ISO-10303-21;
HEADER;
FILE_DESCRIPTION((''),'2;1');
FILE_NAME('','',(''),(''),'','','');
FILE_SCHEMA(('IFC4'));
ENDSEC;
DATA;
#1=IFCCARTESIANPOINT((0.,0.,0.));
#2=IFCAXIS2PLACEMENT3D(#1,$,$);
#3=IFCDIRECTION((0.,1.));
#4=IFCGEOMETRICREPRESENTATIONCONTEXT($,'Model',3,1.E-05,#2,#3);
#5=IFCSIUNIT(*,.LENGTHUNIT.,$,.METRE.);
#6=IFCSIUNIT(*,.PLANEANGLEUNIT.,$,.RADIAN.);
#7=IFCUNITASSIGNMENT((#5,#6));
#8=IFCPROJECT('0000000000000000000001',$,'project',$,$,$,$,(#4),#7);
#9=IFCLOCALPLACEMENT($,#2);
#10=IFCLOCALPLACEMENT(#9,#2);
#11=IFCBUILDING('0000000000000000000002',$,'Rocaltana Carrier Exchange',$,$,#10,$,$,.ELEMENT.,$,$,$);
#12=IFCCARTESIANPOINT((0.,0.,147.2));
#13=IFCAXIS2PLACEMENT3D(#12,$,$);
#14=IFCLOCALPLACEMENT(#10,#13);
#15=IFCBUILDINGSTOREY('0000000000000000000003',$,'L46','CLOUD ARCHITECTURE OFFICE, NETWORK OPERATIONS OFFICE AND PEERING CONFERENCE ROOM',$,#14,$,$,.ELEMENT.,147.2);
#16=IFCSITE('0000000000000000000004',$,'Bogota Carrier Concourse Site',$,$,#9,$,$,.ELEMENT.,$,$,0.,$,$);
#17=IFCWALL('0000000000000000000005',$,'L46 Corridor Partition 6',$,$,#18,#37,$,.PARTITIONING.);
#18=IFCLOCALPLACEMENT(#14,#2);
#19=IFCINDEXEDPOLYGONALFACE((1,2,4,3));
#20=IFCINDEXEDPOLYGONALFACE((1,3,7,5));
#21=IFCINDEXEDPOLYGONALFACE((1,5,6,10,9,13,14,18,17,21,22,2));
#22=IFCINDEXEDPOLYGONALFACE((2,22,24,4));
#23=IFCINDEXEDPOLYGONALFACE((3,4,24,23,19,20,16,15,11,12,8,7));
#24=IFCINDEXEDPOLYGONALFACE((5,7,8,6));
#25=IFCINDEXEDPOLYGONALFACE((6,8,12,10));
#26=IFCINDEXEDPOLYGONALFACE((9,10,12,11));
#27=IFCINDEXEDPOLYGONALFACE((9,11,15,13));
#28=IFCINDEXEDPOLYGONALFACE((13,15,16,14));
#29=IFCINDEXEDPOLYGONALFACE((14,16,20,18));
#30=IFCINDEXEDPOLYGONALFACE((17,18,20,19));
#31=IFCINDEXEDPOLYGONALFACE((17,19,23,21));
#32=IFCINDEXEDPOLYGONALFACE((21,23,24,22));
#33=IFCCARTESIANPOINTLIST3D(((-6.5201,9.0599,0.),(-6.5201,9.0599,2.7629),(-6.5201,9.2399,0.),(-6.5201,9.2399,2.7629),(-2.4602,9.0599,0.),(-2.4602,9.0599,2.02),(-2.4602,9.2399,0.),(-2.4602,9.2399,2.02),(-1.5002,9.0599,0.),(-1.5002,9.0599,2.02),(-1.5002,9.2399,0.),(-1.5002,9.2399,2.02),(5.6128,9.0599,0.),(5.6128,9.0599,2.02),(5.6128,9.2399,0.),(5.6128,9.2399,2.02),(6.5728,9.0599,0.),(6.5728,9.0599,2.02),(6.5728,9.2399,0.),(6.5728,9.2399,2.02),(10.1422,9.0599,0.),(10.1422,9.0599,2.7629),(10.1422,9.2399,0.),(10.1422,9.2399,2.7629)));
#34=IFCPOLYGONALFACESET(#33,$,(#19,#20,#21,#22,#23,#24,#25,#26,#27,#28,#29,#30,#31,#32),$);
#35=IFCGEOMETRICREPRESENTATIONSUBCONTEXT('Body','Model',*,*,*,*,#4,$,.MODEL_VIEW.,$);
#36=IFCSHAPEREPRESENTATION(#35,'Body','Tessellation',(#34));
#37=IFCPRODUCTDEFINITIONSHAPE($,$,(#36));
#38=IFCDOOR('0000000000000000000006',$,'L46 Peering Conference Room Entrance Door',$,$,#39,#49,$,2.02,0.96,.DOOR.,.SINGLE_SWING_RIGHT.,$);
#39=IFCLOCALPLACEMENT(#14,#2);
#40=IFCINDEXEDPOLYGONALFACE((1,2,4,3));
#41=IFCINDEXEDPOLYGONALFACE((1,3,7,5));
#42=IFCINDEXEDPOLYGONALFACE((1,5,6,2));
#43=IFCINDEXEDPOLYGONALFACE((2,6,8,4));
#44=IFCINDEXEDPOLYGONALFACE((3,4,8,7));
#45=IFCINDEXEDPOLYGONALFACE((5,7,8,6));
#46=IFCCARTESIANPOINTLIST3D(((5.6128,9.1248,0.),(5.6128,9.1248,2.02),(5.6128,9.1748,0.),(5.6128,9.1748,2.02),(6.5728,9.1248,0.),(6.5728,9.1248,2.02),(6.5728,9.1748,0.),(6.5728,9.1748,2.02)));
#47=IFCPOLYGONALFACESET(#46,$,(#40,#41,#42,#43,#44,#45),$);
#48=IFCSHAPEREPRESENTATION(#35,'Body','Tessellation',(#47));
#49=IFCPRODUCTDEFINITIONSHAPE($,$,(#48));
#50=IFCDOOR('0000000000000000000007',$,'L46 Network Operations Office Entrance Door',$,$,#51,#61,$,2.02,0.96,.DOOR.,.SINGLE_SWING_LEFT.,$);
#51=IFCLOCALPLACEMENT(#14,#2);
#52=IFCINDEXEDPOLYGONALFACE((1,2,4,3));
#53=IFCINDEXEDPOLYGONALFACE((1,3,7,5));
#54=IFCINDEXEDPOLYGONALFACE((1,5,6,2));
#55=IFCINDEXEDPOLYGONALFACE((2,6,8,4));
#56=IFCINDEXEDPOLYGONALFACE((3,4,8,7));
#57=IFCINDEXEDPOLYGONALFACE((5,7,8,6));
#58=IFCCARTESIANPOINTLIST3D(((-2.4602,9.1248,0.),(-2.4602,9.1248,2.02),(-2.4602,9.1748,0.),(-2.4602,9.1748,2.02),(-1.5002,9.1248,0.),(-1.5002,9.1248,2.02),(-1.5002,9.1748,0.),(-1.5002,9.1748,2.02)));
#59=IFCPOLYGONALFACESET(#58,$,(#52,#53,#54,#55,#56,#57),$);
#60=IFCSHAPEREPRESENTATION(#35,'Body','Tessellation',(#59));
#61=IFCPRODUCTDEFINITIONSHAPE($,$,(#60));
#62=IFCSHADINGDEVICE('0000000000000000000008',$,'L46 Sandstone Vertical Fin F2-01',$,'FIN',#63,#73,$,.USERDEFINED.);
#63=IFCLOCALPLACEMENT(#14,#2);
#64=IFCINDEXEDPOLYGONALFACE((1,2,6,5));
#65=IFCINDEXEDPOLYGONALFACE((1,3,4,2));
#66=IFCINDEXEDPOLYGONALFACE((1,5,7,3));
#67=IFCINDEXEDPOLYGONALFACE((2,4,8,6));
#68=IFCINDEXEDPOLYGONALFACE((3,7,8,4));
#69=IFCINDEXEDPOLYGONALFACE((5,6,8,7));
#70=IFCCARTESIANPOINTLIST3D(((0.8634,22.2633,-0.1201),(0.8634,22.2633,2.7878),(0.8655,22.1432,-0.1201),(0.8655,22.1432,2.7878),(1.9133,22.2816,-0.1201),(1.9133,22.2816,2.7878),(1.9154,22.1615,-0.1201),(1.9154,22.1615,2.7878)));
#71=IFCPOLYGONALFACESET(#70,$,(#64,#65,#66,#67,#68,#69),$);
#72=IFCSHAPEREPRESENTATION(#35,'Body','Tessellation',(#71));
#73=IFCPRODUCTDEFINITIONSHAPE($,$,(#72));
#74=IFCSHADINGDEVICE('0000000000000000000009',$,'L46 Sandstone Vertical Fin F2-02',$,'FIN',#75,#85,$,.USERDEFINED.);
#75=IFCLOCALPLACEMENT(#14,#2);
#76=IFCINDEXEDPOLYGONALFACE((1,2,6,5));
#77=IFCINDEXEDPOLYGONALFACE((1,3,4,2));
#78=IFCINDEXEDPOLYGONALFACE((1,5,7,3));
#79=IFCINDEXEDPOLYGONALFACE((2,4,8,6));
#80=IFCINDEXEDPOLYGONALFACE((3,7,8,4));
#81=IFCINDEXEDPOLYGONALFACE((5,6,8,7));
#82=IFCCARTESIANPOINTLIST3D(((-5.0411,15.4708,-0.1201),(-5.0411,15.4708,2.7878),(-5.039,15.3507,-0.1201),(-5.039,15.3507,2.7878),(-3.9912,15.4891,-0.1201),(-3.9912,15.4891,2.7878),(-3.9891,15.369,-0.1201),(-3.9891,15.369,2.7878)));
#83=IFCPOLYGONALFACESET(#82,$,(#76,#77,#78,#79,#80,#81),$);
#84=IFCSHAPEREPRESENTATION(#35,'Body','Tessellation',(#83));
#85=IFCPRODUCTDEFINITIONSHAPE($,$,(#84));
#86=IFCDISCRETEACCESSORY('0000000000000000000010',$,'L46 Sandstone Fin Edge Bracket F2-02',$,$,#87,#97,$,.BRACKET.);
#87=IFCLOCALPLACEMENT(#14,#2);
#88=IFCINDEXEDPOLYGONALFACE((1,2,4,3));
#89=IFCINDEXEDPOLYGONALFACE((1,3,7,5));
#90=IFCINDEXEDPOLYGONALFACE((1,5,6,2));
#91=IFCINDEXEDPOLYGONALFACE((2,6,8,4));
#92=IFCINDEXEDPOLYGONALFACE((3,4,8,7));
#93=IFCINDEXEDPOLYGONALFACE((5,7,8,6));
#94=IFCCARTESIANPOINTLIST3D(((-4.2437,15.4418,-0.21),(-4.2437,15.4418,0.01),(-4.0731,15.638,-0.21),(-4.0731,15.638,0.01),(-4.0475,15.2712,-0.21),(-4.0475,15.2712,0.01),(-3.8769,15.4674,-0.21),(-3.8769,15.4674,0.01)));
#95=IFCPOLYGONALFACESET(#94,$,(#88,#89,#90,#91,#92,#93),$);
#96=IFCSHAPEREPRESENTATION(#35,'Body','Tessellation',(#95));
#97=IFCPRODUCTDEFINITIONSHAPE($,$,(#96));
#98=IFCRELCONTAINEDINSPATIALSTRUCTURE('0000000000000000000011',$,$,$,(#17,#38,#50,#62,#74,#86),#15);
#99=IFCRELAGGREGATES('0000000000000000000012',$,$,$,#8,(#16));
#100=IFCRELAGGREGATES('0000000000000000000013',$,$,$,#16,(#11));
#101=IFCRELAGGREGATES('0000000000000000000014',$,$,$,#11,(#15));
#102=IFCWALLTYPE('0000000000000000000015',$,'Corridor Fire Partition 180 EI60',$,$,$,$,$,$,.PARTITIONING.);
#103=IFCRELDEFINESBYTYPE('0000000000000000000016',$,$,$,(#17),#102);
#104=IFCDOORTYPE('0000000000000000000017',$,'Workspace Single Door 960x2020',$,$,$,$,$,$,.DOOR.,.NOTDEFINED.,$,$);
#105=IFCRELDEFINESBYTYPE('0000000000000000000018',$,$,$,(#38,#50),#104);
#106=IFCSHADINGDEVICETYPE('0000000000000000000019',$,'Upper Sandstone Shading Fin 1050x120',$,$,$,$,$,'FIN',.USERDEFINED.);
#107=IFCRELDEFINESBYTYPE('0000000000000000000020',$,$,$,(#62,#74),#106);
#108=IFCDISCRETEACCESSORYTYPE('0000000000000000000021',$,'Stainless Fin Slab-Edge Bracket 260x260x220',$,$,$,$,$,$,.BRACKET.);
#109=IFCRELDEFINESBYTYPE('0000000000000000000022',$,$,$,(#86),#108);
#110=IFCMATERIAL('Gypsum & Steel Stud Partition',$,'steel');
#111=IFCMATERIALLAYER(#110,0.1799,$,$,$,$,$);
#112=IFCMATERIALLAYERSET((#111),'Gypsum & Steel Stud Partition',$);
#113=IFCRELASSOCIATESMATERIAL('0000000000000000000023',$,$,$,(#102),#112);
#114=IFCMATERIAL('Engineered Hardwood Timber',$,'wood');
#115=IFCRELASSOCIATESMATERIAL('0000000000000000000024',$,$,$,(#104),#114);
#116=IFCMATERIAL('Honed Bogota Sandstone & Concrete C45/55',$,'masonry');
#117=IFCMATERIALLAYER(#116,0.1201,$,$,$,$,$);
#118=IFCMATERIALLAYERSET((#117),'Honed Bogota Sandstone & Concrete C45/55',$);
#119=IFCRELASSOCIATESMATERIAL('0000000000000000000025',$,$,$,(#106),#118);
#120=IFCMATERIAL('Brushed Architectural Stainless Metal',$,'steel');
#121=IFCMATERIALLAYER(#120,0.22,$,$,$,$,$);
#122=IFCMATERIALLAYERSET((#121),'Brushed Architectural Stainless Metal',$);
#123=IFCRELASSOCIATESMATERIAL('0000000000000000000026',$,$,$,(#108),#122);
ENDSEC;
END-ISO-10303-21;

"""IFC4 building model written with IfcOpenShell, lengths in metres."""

from ifc_helpers import new_model, si_unit, direction, frame, frame_2d, origin, origin_2d, place, context, subcontext, project, spatial, rectangle, extrude, material, layer, layer_set, type_object, element, fill, save


model = new_model("IFC4")

# Units and contexts
model_context = context("Model", 3, precision=1e-05, world=origin(), true_north=direction((0.0, 1.0)))
body_context = subcontext(model_context, "Body", "Model", "MODEL_VIEW")
ifc_project = project(units=[si_unit("LENGTHUNIT", "METRE"), si_unit("PLANEANGLEUNIT", "RADIAN")], contexts=[model_context])

# Site, building, storey
site_placement = place(None, origin())
site = spatial("IfcSite", under=ifc_project, at=site_placement, Name="Bogota Carrier Concourse Site", CompositionType="ELEMENT", RefElevation=0.0)
building_placement = place(site_placement, origin())
building = spatial("IfcBuilding", under=site, at=building_placement, Name="Rocaltana Carrier Exchange", CompositionType="ELEMENT")
storey_placement = place(building_placement, frame((0.0, 0.0, 147.2)))
storey = spatial("IfcBuildingStorey", under=building, at=storey_placement, Name="L46", Description="CLOUD ARCHITECTURE OFFICE, NETWORK OPERATIONS OFFICE AND PEERING CONFERENCE ROOM", CompositionType="ELEMENT", Elevation=147.2)

# Shared definitions
ifc_material_1 = material(Name="Gypsum & Steel Stud Partition", Category="steel")
ifc_layer_1 = layer(ifc_material_1, 0.1799)
ifc_layer_set_1 = layer_set([ifc_layer_1], Name="Gypsum & Steel Stud Partition")
wall_type = type_object("IfcWallType", Name="Corridor Fire Partition 180 EI60", PredefinedType="PARTITIONING", material=ifc_layer_set_1)

# Wall, openings, doors
wall_1_placement = place(storey_placement, frame((-6.52, 9.1499, 0.0), z_axis=(0.0, 0.0, 1.0), x_axis=(1.0, 0.0, 0.0)))
wall_1 = element("IfcWall", 1, at=wall_1_placement, inside=storey, type_object=wall_type, Name="L46 Corridor Partition 6", PredefinedType="PARTITIONING", context=body_context, shape_type="SweptSolid", body=[
    extrude(rectangle(XDim=16.6624, YDim=0.1799, at=frame_2d((8.3311, 0.0))), origin(), (0.0, 0.0, 1.0), 2.7629),
])
opening_1_placement = place(wall_1_placement, frame((12.1328, 0.0, 0.0)))
opening_1 = element("IfcOpeningElement", 2, at=opening_1_placement, cuts=wall_1, PredefinedType="OPENING", context=body_context, shape_type="SweptSolid", body=[
    extrude(rectangle(XDim=0.96, YDim=2.02, at=frame_2d((0.48, 1.01))), frame((0.0, 0.0999, 0.0), z_axis=(0.0, -1.0, 0.0), x_axis=(1.0, 0.0, 0.0)), (0.0, 0.0, 1.0), 0.2),
])
opening_2_placement = place(wall_1_placement, frame((4.0598, 0.0, 0.0)))
opening_2 = element("IfcOpeningElement", 3, at=opening_2_placement, cuts=wall_1, PredefinedType="OPENING", context=body_context, shape_type="SweptSolid", body=[
    extrude(rectangle(XDim=0.96, YDim=2.02, at=frame_2d((0.48, 1.01))), frame((0.0, 0.0999, 0.0), z_axis=(0.0, -1.0, 0.0), x_axis=(1.0, 0.0, 0.0)), (0.0, 0.0, 1.0), 0.2),
])
ifc_material_2 = material(Name="Engineered Hardwood Timber", Category="wood")
door_type = type_object("IfcDoorType", Name="Workspace Single Door 960x2020", OperationType="NOTDEFINED", PredefinedType="DOOR", material=ifc_material_2)
door_1_placement = place(opening_1_placement, origin())
door_1 = element("IfcDoor", 4, at=door_1_placement, inside=storey, type_object=door_type, Name="L46 Peering Conference Room Entrance Door", OperationType="SINGLE_SWING_RIGHT", OverallHeight=2.02, OverallWidth=0.96, PredefinedType="DOOR", context=body_context, shape_type="SweptSolid", body=[
    extrude(rectangle(XDim=0.96, YDim=2.02, at=frame_2d((0.48, 1.01))), frame((0.0, 0.0249, 0.0), z_axis=(0.0, -1.0, 0.0), x_axis=(1.0, 0.0, 0.0)), (0.0, 0.0, 1.0), 0.05),
])
fill(opening_1, door_1)
door_2_placement = place(opening_2_placement, origin())
door_2 = element("IfcDoor", 5, at=door_2_placement, inside=storey, type_object=door_type, Name="L46 Network Operations Office Entrance Door", OperationType="SINGLE_SWING_LEFT", OverallHeight=2.02, OverallWidth=0.96, PredefinedType="DOOR", context=body_context, shape_type="SweptSolid", body=[
    extrude(rectangle(XDim=0.96, YDim=2.02, at=frame_2d((0.48, 1.01))), frame((0.0, 0.0249, 0.0), z_axis=(0.0, -1.0, 0.0), x_axis=(1.0, 0.0, 0.0)), (0.0, 0.0, 1.0), 0.05),
])
fill(opening_2, door_2)

# Shading devices
ifc_material_3 = material(Name="Honed Bogota Sandstone & Concrete C45/55", Category="masonry")
ifc_layer_2 = layer(ifc_material_3, 0.1201)
ifc_layer_set_2 = layer_set([ifc_layer_2], Name="Honed Bogota Sandstone & Concrete C45/55")
shading_device_type = type_object("IfcShadingDeviceType", Name="Upper Sandstone Shading Fin 1050x120", ElementType="FIN", PredefinedType="USERDEFINED", material=ifc_layer_set_2)
for number, where, z_axis, x_axis, name in (
    (6, (1.3894, 22.2124, -0.1201), (0.0, 0.0, 1.0), (-0.999848, -0.017452, 0.0), "L46 Sandstone Vertical Fin F2-01"),
    (7, (-4.5151, 15.4199, -0.1201), (0.0, 0.0, 1.0), (-0.999848, -0.017452, 0.0), "L46 Sandstone Vertical Fin F2-02"),
):
    element("IfcShadingDevice", number, at=place(storey_placement, frame(where, z_axis=z_axis, x_axis=x_axis)), inside=storey, type_object=shading_device_type, Name=name, ObjectType="FIN", PredefinedType="USERDEFINED", context=body_context, shape_type="SweptSolid", body=[
        extrude(rectangle(XDim=1.05, YDim=0.1201, at=origin_2d()), origin(), (0.0, 0.0, 1.0), 2.908),
    ])

# Discrete accessory
ifc_material_4 = material(Name="Brushed Architectural Stainless Metal", Category="steel")
ifc_layer_3 = layer(ifc_material_4, 0.22)
ifc_layer_set_3 = layer_set([ifc_layer_3], Name="Brushed Architectural Stainless Metal")
discrete_accessory_type = type_object("IfcDiscreteAccessoryType", Name="Stainless Fin Slab-Edge Bracket 260x260x220", PredefinedType="BRACKET", material=ifc_layer_set_3)
discrete_accessory_placement = place(storey_placement, frame((-4.0603, 15.4546, -0.21), z_axis=(0.0, 0.0, 1.0), x_axis=(-0.656059, -0.75471, 0.0)))
element("IfcDiscreteAccessory", 8, at=discrete_accessory_placement, inside=storey, type_object=discrete_accessory_type, Name="L46 Sandstone Fin Edge Bracket F2-02", PredefinedType="BRACKET", context=body_context, shape_type="SweptSolid", body=[
    extrude(rectangle(XDim=0.26, YDim=0.26, at=origin_2d()), origin(), (0.0, 0.0, 1.0), 0.22),
])

save(model, "model.ifc")
